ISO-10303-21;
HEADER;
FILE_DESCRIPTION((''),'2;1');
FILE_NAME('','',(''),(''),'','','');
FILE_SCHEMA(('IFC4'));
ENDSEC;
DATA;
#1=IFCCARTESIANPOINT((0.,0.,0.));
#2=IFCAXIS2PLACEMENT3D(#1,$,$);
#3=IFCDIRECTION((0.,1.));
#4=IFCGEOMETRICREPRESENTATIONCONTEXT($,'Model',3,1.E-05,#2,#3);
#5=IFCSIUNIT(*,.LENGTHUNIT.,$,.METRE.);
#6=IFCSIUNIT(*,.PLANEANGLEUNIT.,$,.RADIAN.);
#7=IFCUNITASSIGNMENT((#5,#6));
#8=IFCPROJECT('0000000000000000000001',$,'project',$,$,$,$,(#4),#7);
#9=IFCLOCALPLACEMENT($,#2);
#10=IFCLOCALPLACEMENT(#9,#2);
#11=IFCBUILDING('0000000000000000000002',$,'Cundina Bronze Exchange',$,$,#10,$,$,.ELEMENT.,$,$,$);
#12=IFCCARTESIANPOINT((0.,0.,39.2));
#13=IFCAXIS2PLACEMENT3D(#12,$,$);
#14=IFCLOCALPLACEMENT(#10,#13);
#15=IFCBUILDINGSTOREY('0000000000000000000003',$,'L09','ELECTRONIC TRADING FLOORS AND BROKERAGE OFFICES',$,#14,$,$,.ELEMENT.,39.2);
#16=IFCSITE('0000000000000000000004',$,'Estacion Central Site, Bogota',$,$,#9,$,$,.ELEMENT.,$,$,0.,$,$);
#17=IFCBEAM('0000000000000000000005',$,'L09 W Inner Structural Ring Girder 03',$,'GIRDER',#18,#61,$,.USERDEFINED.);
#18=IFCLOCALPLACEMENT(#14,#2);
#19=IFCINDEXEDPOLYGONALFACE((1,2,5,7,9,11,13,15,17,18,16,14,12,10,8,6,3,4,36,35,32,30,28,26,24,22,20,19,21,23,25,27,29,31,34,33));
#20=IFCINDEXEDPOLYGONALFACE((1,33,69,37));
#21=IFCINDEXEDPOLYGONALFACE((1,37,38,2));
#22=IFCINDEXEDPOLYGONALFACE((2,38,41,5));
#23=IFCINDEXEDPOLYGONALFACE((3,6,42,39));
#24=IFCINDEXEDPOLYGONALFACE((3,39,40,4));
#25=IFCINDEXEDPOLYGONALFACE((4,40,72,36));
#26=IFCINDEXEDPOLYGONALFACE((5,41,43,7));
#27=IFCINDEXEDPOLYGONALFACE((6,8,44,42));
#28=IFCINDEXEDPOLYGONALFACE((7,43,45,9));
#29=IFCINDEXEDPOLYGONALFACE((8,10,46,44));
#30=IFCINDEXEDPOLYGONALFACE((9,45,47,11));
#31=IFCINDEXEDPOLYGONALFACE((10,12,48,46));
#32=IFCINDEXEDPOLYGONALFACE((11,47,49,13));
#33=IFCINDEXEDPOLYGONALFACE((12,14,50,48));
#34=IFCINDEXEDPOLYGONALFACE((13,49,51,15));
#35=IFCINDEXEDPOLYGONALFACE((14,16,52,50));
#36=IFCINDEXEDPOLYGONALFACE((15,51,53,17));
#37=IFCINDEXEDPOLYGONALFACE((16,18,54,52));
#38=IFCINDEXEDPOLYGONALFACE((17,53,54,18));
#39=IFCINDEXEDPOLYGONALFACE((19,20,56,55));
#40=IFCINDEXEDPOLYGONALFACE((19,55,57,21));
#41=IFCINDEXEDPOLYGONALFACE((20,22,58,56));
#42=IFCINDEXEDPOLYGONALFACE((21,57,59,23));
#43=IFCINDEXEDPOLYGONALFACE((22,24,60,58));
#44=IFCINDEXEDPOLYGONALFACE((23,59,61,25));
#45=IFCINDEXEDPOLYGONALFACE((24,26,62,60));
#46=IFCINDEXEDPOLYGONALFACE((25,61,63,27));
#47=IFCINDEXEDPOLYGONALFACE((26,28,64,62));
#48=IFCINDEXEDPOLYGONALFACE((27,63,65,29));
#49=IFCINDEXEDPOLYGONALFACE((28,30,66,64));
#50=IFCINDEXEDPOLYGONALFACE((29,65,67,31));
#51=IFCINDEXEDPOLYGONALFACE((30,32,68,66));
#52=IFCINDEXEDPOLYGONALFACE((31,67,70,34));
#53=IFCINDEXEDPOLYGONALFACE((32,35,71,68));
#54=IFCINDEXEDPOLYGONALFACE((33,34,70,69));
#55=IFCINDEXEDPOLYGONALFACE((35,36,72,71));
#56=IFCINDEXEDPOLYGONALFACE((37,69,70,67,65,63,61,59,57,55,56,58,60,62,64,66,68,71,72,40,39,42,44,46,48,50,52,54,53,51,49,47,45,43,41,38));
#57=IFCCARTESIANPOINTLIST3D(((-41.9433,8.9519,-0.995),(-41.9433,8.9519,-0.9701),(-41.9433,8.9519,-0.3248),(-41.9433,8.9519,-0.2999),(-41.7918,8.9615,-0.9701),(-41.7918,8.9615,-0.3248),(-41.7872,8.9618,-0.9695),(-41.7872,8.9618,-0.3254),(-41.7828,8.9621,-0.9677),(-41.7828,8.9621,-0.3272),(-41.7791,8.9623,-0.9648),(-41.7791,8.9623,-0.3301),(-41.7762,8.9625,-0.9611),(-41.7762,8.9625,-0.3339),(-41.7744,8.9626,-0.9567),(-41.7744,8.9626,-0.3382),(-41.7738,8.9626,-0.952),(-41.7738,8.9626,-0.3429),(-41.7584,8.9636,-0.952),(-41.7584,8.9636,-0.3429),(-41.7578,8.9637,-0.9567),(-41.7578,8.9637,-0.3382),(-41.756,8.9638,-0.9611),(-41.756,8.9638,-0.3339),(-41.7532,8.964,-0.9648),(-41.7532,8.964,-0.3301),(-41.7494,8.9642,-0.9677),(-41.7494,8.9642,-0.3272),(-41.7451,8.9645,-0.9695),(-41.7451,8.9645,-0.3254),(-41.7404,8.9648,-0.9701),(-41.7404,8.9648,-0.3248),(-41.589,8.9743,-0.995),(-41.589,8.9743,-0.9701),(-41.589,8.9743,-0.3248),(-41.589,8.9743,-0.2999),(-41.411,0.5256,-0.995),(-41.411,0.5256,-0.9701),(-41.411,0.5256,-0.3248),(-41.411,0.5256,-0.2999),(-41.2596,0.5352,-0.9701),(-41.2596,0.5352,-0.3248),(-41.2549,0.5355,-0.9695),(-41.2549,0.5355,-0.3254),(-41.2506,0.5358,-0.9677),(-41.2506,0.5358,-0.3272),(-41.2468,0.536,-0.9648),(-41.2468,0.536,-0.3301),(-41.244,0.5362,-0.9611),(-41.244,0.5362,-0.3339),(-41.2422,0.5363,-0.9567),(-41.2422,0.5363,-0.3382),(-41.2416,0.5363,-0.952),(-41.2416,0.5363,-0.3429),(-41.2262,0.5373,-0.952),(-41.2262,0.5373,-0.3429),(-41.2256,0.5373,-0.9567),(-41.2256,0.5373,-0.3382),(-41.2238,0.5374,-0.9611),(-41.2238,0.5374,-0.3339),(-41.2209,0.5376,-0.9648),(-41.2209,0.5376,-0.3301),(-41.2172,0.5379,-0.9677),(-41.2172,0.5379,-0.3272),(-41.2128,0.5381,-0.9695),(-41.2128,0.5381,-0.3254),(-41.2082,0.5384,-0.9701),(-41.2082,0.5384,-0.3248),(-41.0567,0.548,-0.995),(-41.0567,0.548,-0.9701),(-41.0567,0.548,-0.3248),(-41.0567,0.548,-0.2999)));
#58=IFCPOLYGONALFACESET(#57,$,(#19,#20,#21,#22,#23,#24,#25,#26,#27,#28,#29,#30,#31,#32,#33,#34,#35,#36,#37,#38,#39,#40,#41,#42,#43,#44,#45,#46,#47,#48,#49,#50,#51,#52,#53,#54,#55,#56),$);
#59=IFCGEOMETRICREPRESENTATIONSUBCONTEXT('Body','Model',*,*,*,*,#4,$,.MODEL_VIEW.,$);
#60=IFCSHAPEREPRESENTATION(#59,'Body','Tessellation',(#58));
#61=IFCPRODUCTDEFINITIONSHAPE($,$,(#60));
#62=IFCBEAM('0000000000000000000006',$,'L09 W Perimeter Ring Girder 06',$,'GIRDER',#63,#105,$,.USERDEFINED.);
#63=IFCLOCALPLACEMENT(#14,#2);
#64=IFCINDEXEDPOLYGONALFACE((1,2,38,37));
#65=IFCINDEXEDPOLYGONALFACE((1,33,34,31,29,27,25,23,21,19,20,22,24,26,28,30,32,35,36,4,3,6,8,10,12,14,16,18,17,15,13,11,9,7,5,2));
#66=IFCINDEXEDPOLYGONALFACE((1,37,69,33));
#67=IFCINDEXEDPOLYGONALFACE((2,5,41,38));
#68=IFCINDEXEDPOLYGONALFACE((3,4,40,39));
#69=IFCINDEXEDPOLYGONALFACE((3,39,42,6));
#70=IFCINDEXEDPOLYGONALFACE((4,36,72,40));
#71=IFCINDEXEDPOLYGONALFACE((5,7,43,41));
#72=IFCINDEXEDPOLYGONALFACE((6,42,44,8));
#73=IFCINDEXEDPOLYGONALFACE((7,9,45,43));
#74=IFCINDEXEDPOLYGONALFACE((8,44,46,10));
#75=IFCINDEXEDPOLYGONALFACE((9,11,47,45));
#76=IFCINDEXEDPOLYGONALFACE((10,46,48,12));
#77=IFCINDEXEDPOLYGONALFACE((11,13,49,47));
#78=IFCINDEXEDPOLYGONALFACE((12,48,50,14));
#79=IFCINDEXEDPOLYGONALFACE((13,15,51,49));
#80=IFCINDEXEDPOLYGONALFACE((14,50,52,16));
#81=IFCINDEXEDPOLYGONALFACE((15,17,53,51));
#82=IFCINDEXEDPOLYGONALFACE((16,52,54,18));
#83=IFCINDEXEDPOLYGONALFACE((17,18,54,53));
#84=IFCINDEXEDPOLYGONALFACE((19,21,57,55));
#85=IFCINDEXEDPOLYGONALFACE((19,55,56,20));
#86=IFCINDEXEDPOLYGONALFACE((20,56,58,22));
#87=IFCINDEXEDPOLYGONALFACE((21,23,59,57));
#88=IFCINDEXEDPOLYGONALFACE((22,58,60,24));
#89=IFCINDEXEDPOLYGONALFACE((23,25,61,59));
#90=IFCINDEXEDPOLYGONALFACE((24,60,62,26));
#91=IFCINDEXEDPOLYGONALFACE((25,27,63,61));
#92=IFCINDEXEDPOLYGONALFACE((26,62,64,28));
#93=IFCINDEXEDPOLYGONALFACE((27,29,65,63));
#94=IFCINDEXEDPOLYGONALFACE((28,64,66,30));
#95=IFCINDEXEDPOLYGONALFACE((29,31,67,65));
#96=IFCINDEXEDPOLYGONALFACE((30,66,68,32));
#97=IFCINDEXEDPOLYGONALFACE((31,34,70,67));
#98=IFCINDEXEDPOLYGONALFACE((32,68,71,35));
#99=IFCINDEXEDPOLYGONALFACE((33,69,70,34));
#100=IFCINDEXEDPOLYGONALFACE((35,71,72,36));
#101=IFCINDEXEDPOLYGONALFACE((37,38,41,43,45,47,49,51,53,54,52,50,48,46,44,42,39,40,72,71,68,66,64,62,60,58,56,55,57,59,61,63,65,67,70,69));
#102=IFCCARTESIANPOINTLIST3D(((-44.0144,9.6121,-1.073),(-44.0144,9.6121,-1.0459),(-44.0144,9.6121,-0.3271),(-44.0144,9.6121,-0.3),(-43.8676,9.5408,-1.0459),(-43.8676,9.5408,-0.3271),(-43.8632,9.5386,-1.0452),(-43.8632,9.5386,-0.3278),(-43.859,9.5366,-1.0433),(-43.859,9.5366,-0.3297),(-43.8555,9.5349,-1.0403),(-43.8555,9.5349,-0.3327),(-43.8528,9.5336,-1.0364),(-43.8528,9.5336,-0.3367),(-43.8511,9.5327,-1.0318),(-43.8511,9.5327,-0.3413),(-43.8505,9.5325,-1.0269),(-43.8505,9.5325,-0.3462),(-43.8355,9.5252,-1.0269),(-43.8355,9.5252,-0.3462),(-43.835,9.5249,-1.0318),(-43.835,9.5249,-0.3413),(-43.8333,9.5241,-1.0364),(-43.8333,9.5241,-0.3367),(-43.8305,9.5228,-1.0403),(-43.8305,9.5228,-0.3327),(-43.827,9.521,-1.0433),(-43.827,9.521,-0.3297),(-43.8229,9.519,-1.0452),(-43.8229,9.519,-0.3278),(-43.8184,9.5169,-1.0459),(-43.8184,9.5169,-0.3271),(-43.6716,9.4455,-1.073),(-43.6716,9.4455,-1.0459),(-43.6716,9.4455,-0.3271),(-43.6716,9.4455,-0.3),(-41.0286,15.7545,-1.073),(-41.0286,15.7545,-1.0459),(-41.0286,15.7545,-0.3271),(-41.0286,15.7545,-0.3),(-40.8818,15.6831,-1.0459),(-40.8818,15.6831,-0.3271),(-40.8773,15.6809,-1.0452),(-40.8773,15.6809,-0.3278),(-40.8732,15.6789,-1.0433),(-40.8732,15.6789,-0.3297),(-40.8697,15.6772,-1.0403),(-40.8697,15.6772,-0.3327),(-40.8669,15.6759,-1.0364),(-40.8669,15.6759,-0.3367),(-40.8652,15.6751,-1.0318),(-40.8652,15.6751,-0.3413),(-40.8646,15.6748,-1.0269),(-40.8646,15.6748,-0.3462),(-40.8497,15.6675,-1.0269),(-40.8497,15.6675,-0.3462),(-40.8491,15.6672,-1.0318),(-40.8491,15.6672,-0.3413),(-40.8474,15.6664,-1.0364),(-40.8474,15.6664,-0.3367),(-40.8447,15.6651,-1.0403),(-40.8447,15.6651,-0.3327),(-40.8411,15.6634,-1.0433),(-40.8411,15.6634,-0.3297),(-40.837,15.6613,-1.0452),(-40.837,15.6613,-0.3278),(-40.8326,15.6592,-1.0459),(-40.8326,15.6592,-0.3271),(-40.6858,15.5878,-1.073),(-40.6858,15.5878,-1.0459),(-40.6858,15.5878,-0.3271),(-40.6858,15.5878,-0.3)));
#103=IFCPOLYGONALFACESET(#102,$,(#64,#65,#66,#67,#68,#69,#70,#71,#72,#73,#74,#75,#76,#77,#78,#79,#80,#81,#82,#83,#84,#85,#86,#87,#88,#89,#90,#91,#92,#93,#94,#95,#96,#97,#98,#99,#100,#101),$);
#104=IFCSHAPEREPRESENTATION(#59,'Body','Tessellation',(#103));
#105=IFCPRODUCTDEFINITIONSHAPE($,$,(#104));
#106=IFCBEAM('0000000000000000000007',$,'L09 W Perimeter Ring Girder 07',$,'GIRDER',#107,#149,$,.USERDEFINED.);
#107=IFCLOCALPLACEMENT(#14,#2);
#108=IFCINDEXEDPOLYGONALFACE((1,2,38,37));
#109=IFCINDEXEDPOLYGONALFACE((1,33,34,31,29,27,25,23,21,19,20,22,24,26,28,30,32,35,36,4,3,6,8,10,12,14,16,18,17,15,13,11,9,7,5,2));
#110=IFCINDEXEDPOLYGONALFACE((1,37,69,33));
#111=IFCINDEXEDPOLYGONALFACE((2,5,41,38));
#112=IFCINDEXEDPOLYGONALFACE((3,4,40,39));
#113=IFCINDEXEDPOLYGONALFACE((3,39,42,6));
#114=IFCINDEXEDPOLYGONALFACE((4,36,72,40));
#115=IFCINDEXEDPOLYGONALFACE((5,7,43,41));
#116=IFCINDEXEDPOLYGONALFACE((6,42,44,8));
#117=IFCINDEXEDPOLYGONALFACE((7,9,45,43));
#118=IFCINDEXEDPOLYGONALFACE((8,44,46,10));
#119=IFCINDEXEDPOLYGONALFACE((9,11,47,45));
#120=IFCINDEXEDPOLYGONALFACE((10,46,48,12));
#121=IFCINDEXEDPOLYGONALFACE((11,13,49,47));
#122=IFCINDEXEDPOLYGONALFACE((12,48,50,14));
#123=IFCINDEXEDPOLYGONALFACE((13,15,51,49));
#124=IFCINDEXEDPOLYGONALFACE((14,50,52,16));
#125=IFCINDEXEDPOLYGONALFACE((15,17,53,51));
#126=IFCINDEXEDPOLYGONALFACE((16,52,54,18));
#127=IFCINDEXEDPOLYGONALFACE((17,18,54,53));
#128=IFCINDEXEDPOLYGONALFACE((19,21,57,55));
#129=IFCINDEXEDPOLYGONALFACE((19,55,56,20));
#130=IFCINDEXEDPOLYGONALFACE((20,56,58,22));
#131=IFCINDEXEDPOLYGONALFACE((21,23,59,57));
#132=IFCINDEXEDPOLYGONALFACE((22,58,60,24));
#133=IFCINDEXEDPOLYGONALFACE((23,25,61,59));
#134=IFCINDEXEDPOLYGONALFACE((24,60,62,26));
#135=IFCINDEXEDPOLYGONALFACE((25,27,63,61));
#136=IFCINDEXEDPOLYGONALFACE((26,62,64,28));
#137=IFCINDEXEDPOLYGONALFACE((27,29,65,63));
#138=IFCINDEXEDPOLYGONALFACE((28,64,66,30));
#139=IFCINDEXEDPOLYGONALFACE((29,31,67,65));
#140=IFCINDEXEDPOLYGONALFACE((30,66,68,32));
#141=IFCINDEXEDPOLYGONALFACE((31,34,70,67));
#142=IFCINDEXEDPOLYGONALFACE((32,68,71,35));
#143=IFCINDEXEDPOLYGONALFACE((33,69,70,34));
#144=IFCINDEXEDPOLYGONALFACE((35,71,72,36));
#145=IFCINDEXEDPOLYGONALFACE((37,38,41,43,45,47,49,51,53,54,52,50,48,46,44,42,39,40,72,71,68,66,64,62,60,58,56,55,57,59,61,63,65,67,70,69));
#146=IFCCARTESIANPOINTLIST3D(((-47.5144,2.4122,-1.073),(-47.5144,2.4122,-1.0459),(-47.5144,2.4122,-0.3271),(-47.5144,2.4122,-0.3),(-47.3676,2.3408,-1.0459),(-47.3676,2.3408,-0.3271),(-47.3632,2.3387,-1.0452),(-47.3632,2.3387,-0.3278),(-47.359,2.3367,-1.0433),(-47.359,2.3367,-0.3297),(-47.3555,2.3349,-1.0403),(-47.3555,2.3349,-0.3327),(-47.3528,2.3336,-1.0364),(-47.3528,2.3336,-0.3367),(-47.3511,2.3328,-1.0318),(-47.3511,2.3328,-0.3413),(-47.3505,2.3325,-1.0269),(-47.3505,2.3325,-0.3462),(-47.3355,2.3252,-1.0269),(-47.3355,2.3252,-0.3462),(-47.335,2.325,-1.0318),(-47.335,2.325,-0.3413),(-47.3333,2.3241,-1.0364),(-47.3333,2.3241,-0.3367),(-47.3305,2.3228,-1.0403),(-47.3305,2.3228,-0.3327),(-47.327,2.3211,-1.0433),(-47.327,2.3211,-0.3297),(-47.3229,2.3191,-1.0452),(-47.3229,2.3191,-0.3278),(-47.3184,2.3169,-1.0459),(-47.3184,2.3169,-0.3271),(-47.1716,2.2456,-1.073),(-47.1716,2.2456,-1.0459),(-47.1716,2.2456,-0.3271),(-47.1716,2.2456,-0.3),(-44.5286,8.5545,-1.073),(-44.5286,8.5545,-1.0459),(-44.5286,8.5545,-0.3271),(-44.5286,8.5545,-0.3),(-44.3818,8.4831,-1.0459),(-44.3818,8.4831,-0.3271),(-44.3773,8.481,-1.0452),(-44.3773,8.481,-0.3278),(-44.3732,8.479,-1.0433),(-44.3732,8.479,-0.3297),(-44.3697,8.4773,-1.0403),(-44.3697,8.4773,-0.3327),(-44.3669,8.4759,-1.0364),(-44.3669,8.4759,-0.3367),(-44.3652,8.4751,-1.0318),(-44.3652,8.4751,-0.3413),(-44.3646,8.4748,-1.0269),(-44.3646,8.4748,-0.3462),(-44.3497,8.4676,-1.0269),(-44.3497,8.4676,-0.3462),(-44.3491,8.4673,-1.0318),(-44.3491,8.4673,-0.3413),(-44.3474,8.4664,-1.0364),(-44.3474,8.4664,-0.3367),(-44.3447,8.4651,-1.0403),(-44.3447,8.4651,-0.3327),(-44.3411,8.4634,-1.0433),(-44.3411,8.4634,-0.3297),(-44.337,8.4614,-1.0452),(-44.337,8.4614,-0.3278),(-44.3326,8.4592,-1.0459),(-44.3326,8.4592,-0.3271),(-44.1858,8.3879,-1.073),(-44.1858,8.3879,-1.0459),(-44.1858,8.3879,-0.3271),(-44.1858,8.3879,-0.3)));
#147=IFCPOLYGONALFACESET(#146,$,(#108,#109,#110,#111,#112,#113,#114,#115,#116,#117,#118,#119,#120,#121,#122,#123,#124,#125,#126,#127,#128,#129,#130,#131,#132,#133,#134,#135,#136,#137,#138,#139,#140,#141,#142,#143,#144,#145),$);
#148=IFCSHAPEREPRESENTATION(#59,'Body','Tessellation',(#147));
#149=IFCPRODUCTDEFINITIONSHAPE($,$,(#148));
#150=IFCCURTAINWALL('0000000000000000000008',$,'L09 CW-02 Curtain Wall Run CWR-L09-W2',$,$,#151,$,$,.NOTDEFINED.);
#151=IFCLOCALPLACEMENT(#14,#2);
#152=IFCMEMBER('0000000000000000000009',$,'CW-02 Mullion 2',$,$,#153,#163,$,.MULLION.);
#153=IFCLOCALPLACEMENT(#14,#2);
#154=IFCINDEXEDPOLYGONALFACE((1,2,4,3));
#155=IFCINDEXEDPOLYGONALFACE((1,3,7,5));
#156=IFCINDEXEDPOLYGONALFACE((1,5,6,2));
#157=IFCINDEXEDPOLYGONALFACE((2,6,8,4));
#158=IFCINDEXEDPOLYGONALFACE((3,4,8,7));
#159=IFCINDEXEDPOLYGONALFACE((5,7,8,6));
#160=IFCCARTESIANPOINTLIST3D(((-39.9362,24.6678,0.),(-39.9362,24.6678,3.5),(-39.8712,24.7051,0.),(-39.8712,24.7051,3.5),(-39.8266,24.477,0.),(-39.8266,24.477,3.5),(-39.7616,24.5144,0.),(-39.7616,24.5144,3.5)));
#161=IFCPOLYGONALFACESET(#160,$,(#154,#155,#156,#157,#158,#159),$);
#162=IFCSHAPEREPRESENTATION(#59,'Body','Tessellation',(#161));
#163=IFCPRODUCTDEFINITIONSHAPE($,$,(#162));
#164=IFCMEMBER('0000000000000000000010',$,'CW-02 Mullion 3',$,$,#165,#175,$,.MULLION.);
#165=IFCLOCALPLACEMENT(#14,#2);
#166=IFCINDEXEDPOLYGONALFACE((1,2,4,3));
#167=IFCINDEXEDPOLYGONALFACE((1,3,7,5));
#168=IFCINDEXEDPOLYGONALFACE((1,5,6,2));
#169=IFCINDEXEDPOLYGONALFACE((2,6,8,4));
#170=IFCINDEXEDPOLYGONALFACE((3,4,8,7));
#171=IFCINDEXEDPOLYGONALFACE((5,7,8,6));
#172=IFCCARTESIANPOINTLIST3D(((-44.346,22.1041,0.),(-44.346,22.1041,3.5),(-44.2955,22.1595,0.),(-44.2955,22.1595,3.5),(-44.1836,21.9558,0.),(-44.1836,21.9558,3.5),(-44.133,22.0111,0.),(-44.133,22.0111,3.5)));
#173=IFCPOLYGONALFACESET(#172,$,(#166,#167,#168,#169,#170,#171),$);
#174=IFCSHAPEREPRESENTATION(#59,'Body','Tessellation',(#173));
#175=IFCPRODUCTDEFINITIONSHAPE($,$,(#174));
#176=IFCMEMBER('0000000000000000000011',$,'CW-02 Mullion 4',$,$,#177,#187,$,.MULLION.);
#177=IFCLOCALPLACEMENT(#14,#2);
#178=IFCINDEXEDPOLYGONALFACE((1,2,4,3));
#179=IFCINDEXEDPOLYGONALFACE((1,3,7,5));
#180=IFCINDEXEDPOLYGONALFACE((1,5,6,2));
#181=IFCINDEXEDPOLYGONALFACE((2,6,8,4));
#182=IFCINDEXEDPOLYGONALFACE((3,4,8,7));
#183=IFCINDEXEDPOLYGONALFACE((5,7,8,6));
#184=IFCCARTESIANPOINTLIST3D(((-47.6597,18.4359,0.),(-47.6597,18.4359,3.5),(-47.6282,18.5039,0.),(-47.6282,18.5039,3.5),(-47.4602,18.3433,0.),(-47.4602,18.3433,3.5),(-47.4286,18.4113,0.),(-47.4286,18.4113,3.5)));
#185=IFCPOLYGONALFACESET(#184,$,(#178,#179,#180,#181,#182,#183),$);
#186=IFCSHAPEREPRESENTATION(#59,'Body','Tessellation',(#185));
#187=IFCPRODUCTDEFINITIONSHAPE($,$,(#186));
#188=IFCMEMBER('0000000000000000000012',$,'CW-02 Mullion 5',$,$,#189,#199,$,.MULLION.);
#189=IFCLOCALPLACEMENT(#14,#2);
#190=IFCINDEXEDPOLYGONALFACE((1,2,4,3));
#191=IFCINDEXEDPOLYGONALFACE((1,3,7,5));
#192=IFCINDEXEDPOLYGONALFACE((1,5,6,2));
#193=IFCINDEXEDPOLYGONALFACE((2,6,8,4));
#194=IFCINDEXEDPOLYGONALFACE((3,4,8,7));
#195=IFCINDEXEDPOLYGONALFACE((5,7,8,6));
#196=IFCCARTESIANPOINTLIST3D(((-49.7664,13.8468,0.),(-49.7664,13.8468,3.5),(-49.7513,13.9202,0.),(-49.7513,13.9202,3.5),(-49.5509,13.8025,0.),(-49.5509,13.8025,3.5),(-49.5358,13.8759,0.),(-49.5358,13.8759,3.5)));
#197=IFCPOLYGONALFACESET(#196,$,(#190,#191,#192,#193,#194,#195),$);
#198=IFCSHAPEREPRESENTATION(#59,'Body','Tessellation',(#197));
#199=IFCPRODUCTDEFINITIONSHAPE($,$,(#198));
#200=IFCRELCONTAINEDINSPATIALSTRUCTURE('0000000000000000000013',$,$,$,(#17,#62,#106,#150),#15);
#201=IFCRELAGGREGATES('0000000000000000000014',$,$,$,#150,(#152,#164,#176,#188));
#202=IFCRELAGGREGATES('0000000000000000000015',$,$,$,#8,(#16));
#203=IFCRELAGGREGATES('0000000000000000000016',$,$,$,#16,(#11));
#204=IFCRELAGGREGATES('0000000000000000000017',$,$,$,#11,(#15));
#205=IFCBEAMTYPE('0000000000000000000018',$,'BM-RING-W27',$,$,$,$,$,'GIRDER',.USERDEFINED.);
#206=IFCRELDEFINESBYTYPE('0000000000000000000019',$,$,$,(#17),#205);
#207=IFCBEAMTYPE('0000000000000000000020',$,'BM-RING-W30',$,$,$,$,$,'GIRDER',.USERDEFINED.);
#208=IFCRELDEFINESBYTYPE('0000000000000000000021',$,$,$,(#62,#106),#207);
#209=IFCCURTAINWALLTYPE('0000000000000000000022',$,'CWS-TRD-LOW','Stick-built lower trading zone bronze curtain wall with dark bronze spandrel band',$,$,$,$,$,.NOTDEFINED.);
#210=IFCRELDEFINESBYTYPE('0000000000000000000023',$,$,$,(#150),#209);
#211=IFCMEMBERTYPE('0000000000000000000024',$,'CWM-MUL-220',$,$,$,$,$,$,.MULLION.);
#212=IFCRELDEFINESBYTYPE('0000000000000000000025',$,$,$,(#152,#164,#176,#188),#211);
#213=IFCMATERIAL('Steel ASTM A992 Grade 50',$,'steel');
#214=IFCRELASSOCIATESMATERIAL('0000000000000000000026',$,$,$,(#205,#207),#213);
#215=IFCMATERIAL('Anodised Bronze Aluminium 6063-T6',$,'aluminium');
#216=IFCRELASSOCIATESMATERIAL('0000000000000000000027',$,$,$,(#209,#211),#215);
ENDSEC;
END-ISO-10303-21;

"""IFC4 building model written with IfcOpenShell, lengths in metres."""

from ifc_helpers import new_model, si_unit, direction, frame, origin, origin_2d, place, context, subcontext, project, spatial, rectangle, i_section, extrude, material, material_profile, profile_set, type_object, element, aggregate, save


model = new_model("IFC4")

# Units and contexts
model_context = context("Model", 3, precision=1e-05, world=origin(), true_north=direction((0.0, 1.0)))
body_context = subcontext(model_context, "Body", "Model", "MODEL_VIEW")
ifc_project = project(units=[si_unit("LENGTHUNIT", "METRE"), si_unit("PLANEANGLEUNIT", "RADIAN")], contexts=[model_context])

# Site, building, storey
site_placement = place(None, origin())
site = spatial("IfcSite", under=ifc_project, at=site_placement, Name="Estacion Central Site, Bogota", CompositionType="ELEMENT", RefElevation=0.0)
building_placement = place(site_placement, origin())
building = spatial("IfcBuilding", under=site, at=building_placement, Name="Cundina Bronze Exchange", CompositionType="ELEMENT")
storey_placement = place(building_placement, frame((0.0, 0.0, 39.2)))
storey = spatial("IfcBuildingStorey", under=building, at=storey_placement, Name="L09", Description="ELECTRONIC TRADING FLOORS AND BROKERAGE OFFICES", CompositionType="ELEMENT", Elevation=39.2)

# Beams
ifc_material_1 = material(Name="Steel ASTM A992 Grade 50", Category="steel")
ifc_material_profile_1 = material_profile(ifc_material_1, i_section(OverallWidth=0.355, OverallDepth=0.6951, WebThickness=0.0154, FlangeThickness=0.0249, FilletRadius=0.0181, at=origin_2d()), Name="W27X146", Category="steel")
ifc_profile_set_1 = profile_set([ifc_material_profile_1], Name="Steel ASTM A992 Grade 50")
beam_type_1 = type_object("IfcBeamType", Name="BM-RING-W27", ElementType="GIRDER", PredefinedType="USERDEFINED", material=ifc_profile_set_1)
beam_1_placement = place(storey_placement, frame((-41.7661, 8.9631, -0.6475), z_axis=(0.063037, -0.998011, 0.0), x_axis=(0.998011, 0.063037, 0.0)))
element("IfcBeam", 1, at=beam_1_placement, inside=storey, type_object=beam_type_1, Name="L09 W Inner Structural Ring Girder 03", ObjectType="GIRDER", PredefinedType="USERDEFINED", context=body_context, shape_type="SweptSolid", body=[
    extrude(i_section(OverallWidth=0.355, OverallDepth=0.6951, WebThickness=0.0154, FlangeThickness=0.0249, FilletRadius=0.0181, at=origin_2d()), origin(), (0.0, 0.0, 1.0), 8.4431),
])
ifc_material_profile_2 = material_profile(ifc_material_1, i_section(OverallWidth=0.3811, OverallDepth=0.7729, WebThickness=0.0166, FlangeThickness=0.0271, FilletRadius=0.019, at=origin_2d()), Name="W30X173", Category="steel")
ifc_profile_set_2 = profile_set([ifc_material_profile_2], Name="Steel ASTM A992 Grade 50")
beam_type_2 = type_object("IfcBeamType", Name="BM-RING-W30", ElementType="GIRDER", PredefinedType="USERDEFINED", material=ifc_profile_set_2)
for number, where, z_axis, x_axis, name in (
    (2, (-40.8572, 15.6711, -0.6865), (-0.437191, -0.899369, 0.0), (0.899369, -0.437191, 0.0), "L09 W Perimeter Ring Girder 06"),
    (3, (-44.3572, 8.4712, -0.6865), (-0.437191, -0.899369, 0.0), (0.899369, -0.437191, 0.0), "L09 W Perimeter Ring Girder 07"),
):
    element("IfcBeam", number, at=place(storey_placement, frame(where, z_axis=z_axis, x_axis=x_axis)), inside=storey, type_object=beam_type_2, Name=name, ObjectType="GIRDER", PredefinedType="USERDEFINED", context=body_context, shape_type="SweptSolid", body=[
        extrude(i_section(OverallWidth=0.3811, OverallDepth=0.7729, WebThickness=0.0166, FlangeThickness=0.0271, FilletRadius=0.019, at=origin_2d()), origin(), (0.0, 0.0, 1.0), 6.8296),
    ])

# Curtain wall, members
ifc_material_2 = material(Name="Anodised Bronze Aluminium 6063-T6", Category="aluminium")
curtain_wall_type = type_object("IfcCurtainWallType", Name="CWS-TRD-LOW", Description="Stick-built lower trading zone bronze curtain wall with dark bronze spandrel band", PredefinedType="NOTDEFINED", material=ifc_material_2)
curtain_wall_placement = place(storey_placement, origin())
curtain_wall = element("IfcCurtainWall", 4, at=curtain_wall_placement, inside=storey, type_object=curtain_wall_type, Name="L09 CW-02 Curtain Wall Run CWR-L09-W2", PredefinedType="NOTDEFINED")
ifc_material_profile_3 = material_profile(ifc_material_2, rectangle(XDim=0.075, YDim=0.22, at=origin_2d()), Name="AL75X220", Category="aluminium")
ifc_profile_set_3 = profile_set([ifc_material_profile_3], Name="Anodised Bronze Aluminium 6063-T6")
member_type_1 = type_object("IfcMemberType", Name="CWM-MUL-220", PredefinedType="MULLION", material=ifc_profile_set_3)
member_1_placement = place(storey_placement, frame((-39.8489, 24.5911, 0.0), z_axis=(0.0, 0.0, 1.0), x_axis=(-0.867071, -0.498185, 0.0)))
member_1 = element("IfcMember", 5, at=member_1_placement, type_object=member_type_1, Name="CW-02 Mullion 2", PredefinedType="MULLION", context=body_context, shape_type="SweptSolid", body=[
    extrude(rectangle(XDim=0.075, YDim=0.22, at=origin_2d()), origin(), (0.0, 0.0, 1.0), 3.5),
])
member_2_placement = place(storey_placement, frame((-44.2395, 22.0576, 0.0), z_axis=(0.0, 0.0, 1.0), x_axis=(-0.674302, -0.738455, 0.0)))
member_2 = element("IfcMember", 6, at=member_2_placement, type_object=member_type_1, Name="CW-02 Mullion 3", PredefinedType="MULLION", context=body_context, shape_type="SweptSolid", body=[
    extrude(rectangle(XDim=0.075, YDim=0.22, at=origin_2d()), origin(), (0.0, 0.0, 1.0), 3.5),
])
member_3_placement = place(storey_placement, frame((-47.5442, 18.4236, 0.0), z_axis=(0.0, 0.0, 1.0), x_axis=(-0.420877, -0.907117, 0.0)))
member_3 = element("IfcMember", 7, at=member_3_placement, type_object=member_type_1, Name="CW-02 Mullion 4", PredefinedType="MULLION", context=body_context, shape_type="SweptSolid", body=[
    extrude(rectangle(XDim=0.075, YDim=0.22, at=origin_2d()), origin(), (0.0, 0.0, 1.0), 3.5),
])
member_4_placement = place(storey_placement, frame((-49.6511, 13.8613, 0.0), z_axis=(0.0, 0.0, 1.0), x_axis=(-0.20142, -0.979505, 0.0)))
member_4 = element("IfcMember", 8, at=member_4_placement, type_object=member_type_1, Name="CW-02 Mullion 5", PredefinedType="MULLION", context=body_context, shape_type="SweptSolid", body=[
    extrude(rectangle(XDim=0.075, YDim=0.22, at=origin_2d()), origin(), (0.0, 0.0, 1.0), 3.5),
])
aggregate(curtain_wall, [member_1, member_2, member_3, member_4])

save(model, "model.ifc")
